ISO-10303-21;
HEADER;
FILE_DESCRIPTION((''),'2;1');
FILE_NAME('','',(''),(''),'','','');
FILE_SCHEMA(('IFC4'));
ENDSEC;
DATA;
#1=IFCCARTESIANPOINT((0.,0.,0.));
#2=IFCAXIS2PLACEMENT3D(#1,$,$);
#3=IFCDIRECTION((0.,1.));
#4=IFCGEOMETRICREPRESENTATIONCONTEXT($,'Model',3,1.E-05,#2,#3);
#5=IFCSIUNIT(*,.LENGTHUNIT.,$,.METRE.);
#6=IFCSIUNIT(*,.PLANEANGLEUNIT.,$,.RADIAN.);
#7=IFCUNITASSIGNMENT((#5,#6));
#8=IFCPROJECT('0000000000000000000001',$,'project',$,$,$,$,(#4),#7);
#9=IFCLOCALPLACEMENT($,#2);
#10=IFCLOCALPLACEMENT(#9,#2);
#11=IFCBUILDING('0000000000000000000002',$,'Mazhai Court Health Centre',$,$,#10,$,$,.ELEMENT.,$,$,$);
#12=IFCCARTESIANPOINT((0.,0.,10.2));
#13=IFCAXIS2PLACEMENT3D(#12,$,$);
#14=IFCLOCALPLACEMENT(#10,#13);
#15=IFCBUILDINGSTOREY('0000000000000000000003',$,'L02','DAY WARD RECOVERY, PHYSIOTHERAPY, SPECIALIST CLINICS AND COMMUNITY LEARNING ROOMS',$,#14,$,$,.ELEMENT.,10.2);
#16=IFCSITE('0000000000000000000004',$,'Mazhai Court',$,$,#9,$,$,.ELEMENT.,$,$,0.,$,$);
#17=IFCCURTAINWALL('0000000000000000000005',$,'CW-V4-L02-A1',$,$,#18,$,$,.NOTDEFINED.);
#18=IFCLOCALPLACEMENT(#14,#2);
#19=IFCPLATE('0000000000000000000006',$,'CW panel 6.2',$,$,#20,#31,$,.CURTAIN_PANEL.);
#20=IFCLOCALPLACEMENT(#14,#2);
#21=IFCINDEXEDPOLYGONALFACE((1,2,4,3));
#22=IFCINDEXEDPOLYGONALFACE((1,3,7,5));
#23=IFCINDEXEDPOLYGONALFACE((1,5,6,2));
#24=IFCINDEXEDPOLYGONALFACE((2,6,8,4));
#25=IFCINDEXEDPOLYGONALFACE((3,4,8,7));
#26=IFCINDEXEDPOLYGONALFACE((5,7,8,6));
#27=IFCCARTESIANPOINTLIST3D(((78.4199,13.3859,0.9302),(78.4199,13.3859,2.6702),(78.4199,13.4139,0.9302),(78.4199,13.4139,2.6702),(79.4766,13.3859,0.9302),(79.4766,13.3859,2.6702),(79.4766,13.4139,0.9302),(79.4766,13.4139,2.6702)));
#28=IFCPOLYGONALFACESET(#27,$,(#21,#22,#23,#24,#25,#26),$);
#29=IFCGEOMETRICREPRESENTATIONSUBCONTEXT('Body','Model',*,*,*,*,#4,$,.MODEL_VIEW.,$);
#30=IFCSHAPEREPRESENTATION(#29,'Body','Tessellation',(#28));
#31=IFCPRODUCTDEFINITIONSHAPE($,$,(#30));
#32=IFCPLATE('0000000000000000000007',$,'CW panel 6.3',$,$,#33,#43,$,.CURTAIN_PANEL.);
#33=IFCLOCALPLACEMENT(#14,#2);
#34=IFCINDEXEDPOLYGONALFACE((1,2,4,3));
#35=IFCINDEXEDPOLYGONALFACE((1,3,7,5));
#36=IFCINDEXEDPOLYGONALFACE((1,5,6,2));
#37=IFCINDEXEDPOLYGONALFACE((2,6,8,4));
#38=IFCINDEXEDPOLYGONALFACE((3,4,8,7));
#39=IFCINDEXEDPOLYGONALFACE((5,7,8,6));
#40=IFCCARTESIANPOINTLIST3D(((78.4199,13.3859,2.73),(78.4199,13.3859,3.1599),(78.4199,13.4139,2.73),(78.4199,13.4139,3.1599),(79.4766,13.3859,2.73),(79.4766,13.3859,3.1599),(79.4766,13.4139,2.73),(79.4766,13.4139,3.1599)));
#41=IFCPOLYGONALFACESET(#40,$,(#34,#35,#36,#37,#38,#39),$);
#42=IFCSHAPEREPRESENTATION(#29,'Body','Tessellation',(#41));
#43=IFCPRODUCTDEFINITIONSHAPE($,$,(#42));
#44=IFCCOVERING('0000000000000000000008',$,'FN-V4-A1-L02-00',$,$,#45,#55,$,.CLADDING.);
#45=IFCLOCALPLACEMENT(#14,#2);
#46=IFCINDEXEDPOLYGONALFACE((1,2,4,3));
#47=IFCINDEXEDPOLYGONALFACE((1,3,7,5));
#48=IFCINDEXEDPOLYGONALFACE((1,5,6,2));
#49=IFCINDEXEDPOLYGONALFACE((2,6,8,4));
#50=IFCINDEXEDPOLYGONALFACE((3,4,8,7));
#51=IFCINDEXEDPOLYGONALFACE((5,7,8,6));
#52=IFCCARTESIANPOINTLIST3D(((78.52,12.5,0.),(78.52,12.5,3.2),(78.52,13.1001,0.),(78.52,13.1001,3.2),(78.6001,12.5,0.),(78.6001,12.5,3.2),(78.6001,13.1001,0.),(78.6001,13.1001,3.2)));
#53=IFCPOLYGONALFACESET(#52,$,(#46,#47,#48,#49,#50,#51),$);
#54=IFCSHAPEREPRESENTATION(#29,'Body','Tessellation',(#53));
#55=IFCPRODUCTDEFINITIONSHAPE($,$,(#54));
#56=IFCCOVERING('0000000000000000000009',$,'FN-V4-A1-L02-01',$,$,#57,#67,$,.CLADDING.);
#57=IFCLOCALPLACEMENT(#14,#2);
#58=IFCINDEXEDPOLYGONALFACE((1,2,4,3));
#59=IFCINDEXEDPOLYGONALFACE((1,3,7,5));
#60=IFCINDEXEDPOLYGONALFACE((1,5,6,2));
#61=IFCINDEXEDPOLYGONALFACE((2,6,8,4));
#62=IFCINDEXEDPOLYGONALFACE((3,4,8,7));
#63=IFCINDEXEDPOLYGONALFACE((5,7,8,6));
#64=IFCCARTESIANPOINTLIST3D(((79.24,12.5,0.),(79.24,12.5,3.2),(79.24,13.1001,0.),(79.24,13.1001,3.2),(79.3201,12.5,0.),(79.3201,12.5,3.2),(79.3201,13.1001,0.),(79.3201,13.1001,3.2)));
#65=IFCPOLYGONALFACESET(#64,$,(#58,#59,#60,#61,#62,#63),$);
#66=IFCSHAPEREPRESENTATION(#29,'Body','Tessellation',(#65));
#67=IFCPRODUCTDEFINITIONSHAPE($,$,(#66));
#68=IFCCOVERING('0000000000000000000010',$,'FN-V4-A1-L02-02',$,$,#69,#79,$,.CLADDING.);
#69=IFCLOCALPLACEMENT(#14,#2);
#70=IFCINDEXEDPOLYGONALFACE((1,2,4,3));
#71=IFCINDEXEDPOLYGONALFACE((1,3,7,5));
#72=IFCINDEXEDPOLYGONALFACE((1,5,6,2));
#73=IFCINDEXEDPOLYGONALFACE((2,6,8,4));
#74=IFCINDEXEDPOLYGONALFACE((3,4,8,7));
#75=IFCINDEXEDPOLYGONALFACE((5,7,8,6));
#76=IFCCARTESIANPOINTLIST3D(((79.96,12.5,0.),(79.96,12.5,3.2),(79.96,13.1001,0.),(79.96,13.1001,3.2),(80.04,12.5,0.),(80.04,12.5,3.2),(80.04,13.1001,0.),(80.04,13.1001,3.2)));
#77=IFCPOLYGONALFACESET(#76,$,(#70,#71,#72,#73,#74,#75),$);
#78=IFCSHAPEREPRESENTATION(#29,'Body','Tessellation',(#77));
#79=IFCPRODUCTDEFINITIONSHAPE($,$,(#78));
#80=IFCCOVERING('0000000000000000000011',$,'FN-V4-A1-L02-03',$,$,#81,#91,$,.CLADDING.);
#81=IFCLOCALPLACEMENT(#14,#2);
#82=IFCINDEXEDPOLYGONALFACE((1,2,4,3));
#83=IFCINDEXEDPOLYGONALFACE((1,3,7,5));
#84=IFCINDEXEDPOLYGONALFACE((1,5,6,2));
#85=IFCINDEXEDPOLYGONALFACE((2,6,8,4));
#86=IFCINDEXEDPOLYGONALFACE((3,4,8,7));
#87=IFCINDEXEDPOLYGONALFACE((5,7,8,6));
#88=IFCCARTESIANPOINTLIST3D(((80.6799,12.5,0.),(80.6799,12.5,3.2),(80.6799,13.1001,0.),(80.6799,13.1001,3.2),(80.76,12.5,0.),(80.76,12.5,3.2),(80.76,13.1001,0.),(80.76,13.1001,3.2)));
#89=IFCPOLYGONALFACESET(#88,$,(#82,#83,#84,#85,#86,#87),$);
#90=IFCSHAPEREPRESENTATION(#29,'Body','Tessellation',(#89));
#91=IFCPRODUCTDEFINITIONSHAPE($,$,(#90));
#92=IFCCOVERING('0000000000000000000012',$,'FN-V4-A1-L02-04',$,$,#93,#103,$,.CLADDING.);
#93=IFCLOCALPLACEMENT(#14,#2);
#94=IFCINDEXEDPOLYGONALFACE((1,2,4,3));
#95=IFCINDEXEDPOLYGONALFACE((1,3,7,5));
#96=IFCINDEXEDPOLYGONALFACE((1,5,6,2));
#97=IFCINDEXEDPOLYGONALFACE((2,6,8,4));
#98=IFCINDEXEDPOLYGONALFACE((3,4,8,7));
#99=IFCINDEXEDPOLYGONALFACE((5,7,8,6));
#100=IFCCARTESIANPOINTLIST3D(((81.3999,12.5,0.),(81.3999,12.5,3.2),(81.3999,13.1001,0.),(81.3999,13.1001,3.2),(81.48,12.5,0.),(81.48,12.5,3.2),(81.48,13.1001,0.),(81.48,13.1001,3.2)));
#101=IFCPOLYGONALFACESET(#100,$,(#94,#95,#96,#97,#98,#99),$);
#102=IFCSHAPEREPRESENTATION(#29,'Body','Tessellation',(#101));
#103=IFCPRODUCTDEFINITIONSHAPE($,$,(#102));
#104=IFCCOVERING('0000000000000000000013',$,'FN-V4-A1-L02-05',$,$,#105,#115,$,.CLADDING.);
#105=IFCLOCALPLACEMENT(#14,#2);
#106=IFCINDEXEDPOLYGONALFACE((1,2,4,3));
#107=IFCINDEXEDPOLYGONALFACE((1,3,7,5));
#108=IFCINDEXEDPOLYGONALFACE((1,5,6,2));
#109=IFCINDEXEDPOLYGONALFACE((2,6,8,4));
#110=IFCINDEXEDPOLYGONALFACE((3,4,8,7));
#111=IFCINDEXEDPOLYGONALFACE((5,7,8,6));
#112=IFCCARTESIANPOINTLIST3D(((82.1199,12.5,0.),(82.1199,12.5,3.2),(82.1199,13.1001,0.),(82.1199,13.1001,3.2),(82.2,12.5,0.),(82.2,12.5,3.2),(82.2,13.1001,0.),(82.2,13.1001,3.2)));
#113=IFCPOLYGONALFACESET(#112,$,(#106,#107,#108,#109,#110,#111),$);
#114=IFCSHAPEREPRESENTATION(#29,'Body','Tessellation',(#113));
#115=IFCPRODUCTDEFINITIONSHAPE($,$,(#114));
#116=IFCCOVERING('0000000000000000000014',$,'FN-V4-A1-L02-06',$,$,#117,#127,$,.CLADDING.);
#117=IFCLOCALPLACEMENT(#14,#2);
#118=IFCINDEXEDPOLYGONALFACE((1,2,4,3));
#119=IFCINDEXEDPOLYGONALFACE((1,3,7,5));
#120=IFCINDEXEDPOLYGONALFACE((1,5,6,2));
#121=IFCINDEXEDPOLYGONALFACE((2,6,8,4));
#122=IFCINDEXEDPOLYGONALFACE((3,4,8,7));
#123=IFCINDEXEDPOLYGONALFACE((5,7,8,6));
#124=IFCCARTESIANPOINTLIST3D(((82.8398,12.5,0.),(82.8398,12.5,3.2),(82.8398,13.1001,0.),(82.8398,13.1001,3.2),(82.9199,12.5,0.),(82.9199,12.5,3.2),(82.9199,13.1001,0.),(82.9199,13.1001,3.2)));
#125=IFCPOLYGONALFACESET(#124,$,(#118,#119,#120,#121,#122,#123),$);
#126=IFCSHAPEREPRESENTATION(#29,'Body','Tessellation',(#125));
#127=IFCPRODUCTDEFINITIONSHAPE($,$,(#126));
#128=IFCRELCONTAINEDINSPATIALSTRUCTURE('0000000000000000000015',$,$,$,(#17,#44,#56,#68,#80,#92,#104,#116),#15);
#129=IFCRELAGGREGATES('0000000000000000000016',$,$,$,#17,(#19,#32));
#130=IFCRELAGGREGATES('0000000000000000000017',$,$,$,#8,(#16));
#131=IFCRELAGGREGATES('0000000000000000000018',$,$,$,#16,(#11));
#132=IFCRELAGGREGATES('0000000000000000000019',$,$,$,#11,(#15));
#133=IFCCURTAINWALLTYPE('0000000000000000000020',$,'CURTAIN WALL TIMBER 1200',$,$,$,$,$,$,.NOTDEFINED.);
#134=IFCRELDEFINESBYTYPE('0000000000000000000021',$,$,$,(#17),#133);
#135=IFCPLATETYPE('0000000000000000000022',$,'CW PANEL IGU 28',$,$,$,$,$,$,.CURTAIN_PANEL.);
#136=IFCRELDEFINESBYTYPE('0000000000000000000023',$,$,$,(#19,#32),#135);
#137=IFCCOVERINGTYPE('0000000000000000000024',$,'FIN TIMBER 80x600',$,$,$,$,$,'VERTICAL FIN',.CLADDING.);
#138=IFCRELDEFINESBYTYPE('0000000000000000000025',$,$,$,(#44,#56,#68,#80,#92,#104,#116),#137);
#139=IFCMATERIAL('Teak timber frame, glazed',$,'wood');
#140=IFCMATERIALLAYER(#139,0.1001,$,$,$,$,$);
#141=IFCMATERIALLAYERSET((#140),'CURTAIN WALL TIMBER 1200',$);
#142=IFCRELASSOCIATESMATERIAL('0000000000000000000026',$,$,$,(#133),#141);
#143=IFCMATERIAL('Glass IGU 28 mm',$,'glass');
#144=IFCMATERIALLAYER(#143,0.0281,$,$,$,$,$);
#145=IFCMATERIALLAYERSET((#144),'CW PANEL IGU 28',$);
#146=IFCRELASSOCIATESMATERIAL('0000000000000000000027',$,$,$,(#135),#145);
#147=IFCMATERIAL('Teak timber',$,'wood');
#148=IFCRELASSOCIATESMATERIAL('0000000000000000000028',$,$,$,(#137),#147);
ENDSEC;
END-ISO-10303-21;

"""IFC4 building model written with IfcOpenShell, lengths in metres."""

from ifc_helpers import new_model, si_unit, direction, frame, origin, origin_2d, place, context, subcontext, project, spatial, rectangle, extrude, material, layer, layer_set, type_object, element, aggregate, save


model = new_model("IFC4")

# Units and contexts
model_context = context("Model", 3, precision=1e-05, world=origin(), true_north=direction((0.0, 1.0)))
body_context = subcontext(model_context, "Body", "Model", "MODEL_VIEW")
ifc_project = project(units=[si_unit("LENGTHUNIT", "METRE"), si_unit("PLANEANGLEUNIT", "RADIAN")], contexts=[model_context])

# Site, building, storey
site_placement = place(None, origin())
site = spatial("IfcSite", under=ifc_project, at=site_placement, Name="Mazhai Court", CompositionType="ELEMENT", RefElevation=0.0)
building_placement = place(site_placement, origin())
building = spatial("IfcBuilding", under=site, at=building_placement, Name="Mazhai Court Health Centre", CompositionType="ELEMENT")
storey_placement = place(building_placement, frame((0.0, 0.0, 10.2)))
storey = spatial("IfcBuildingStorey", under=building, at=storey_placement, Name="L02", Description="DAY WARD RECOVERY, PHYSIOTHERAPY, SPECIALIST CLINICS AND COMMUNITY LEARNING ROOMS", CompositionType="ELEMENT", Elevation=10.2)

# Curtain wall
ifc_material_1 = material(Name="Teak timber frame, glazed", Category="wood")
ifc_layer_1 = layer(ifc_material_1, 0.1001)
ifc_layer_set_1 = layer_set([ifc_layer_1], Name="CURTAIN WALL TIMBER 1200")
curtain_wall_type = type_object("IfcCurtainWallType", Name="CURTAIN WALL TIMBER 1200", PredefinedType="NOTDEFINED", material=ifc_layer_set_1)
curtain_wall_placement = place(storey_placement, origin())
curtain_wall = element("IfcCurtainWall", 1, at=curtain_wall_placement, inside=storey, type_object=curtain_wall_type, Name="CW-V4-L02-A1", PredefinedType="NOTDEFINED")

# Plates
ifc_material_2 = material(Name="Glass IGU 28 mm", Category="glass")
ifc_layer_2 = layer(ifc_material_2, 0.0281)
ifc_layer_set_2 = layer_set([ifc_layer_2], Name="CW PANEL IGU 28")
plate_type = type_object("IfcPlateType", Name="CW PANEL IGU 28", PredefinedType="CURTAIN_PANEL", material=ifc_layer_set_2)
plate_1_placement = place(storey_placement, frame((78.9482, 13.3999, 0.9302), z_axis=(0.0, 0.0, 1.0), x_axis=(-1.0, 0.0, 0.0)))
plate_1 = element("IfcPlate", 2, at=plate_1_placement, type_object=plate_type, Name="CW panel 6.2", PredefinedType="CURTAIN_PANEL", context=body_context, shape_type="SweptSolid", body=[
    extrude(rectangle(XDim=1.0566, YDim=0.0281, at=origin_2d()), origin(), (0.0, 0.0, 1.0), 1.74),
])
plate_2_placement = place(storey_placement, frame((78.9482, 13.3999, 2.73), z_axis=(0.0, 0.0, 1.0), x_axis=(-1.0, 0.0, 0.0)))
plate_2 = element("IfcPlate", 3, at=plate_2_placement, type_object=plate_type, Name="CW panel 6.3", PredefinedType="CURTAIN_PANEL", context=body_context, shape_type="SweptSolid", body=[
    extrude(rectangle(XDim=1.0566, YDim=0.0281, at=origin_2d()), origin(), (0.0, 0.0, 1.0), 0.4299),
])
aggregate(curtain_wall, [plate_1, plate_2])

# Coverings
ifc_material_3 = material(Name="Teak timber", Category="wood")
covering_type = type_object("IfcCoveringType", Name="FIN TIMBER 80x600", ElementType="VERTICAL FIN", PredefinedType="CLADDING", material=ifc_material_3)
for number, where, z_axis, x_axis, name in (
    (4, (78.5601, 12.8, 0.0), (0.0, 0.0, 1.0), (1.0, 0.0, 0.0), "FN-V4-A1-L02-00"),
    (5, (79.28, 12.8, 0.0), (0.0, 0.0, 1.0), (1.0, 0.0, 0.0), "FN-V4-A1-L02-01"),
    (6, (80.0, 12.8, 0.0), (0.0, 0.0, 1.0), (1.0, 0.0, 0.0), "FN-V4-A1-L02-02"),
    (7, (80.72, 12.8, 0.0), (0.0, 0.0, 1.0), (1.0, 0.0, 0.0), "FN-V4-A1-L02-03"),
    (8, (81.4399, 12.8, 0.0), (0.0, 0.0, 1.0), (1.0, 0.0, 0.0), "FN-V4-A1-L02-04"),
    (9, (82.1599, 12.8, 0.0), (0.0, 0.0, 1.0), (1.0, 0.0, 0.0), "FN-V4-A1-L02-05"),
    (10, (82.8799, 12.8, 0.0), (0.0, 0.0, 1.0), (1.0, 0.0, 0.0), "FN-V4-A1-L02-06"),
):
    element("IfcCovering", number, at=place(storey_placement, frame(where, z_axis=z_axis, x_axis=x_axis)), inside=storey, type_object=covering_type, Name=name, PredefinedType="CLADDING", context=body_context, shape_type="SweptSolid", body=[
        extrude(rectangle(XDim=0.0801, YDim=0.6001, at=origin_2d()), origin(), (0.0, 0.0, 1.0), 3.2),
    ])

save(model, "model.ifc")
